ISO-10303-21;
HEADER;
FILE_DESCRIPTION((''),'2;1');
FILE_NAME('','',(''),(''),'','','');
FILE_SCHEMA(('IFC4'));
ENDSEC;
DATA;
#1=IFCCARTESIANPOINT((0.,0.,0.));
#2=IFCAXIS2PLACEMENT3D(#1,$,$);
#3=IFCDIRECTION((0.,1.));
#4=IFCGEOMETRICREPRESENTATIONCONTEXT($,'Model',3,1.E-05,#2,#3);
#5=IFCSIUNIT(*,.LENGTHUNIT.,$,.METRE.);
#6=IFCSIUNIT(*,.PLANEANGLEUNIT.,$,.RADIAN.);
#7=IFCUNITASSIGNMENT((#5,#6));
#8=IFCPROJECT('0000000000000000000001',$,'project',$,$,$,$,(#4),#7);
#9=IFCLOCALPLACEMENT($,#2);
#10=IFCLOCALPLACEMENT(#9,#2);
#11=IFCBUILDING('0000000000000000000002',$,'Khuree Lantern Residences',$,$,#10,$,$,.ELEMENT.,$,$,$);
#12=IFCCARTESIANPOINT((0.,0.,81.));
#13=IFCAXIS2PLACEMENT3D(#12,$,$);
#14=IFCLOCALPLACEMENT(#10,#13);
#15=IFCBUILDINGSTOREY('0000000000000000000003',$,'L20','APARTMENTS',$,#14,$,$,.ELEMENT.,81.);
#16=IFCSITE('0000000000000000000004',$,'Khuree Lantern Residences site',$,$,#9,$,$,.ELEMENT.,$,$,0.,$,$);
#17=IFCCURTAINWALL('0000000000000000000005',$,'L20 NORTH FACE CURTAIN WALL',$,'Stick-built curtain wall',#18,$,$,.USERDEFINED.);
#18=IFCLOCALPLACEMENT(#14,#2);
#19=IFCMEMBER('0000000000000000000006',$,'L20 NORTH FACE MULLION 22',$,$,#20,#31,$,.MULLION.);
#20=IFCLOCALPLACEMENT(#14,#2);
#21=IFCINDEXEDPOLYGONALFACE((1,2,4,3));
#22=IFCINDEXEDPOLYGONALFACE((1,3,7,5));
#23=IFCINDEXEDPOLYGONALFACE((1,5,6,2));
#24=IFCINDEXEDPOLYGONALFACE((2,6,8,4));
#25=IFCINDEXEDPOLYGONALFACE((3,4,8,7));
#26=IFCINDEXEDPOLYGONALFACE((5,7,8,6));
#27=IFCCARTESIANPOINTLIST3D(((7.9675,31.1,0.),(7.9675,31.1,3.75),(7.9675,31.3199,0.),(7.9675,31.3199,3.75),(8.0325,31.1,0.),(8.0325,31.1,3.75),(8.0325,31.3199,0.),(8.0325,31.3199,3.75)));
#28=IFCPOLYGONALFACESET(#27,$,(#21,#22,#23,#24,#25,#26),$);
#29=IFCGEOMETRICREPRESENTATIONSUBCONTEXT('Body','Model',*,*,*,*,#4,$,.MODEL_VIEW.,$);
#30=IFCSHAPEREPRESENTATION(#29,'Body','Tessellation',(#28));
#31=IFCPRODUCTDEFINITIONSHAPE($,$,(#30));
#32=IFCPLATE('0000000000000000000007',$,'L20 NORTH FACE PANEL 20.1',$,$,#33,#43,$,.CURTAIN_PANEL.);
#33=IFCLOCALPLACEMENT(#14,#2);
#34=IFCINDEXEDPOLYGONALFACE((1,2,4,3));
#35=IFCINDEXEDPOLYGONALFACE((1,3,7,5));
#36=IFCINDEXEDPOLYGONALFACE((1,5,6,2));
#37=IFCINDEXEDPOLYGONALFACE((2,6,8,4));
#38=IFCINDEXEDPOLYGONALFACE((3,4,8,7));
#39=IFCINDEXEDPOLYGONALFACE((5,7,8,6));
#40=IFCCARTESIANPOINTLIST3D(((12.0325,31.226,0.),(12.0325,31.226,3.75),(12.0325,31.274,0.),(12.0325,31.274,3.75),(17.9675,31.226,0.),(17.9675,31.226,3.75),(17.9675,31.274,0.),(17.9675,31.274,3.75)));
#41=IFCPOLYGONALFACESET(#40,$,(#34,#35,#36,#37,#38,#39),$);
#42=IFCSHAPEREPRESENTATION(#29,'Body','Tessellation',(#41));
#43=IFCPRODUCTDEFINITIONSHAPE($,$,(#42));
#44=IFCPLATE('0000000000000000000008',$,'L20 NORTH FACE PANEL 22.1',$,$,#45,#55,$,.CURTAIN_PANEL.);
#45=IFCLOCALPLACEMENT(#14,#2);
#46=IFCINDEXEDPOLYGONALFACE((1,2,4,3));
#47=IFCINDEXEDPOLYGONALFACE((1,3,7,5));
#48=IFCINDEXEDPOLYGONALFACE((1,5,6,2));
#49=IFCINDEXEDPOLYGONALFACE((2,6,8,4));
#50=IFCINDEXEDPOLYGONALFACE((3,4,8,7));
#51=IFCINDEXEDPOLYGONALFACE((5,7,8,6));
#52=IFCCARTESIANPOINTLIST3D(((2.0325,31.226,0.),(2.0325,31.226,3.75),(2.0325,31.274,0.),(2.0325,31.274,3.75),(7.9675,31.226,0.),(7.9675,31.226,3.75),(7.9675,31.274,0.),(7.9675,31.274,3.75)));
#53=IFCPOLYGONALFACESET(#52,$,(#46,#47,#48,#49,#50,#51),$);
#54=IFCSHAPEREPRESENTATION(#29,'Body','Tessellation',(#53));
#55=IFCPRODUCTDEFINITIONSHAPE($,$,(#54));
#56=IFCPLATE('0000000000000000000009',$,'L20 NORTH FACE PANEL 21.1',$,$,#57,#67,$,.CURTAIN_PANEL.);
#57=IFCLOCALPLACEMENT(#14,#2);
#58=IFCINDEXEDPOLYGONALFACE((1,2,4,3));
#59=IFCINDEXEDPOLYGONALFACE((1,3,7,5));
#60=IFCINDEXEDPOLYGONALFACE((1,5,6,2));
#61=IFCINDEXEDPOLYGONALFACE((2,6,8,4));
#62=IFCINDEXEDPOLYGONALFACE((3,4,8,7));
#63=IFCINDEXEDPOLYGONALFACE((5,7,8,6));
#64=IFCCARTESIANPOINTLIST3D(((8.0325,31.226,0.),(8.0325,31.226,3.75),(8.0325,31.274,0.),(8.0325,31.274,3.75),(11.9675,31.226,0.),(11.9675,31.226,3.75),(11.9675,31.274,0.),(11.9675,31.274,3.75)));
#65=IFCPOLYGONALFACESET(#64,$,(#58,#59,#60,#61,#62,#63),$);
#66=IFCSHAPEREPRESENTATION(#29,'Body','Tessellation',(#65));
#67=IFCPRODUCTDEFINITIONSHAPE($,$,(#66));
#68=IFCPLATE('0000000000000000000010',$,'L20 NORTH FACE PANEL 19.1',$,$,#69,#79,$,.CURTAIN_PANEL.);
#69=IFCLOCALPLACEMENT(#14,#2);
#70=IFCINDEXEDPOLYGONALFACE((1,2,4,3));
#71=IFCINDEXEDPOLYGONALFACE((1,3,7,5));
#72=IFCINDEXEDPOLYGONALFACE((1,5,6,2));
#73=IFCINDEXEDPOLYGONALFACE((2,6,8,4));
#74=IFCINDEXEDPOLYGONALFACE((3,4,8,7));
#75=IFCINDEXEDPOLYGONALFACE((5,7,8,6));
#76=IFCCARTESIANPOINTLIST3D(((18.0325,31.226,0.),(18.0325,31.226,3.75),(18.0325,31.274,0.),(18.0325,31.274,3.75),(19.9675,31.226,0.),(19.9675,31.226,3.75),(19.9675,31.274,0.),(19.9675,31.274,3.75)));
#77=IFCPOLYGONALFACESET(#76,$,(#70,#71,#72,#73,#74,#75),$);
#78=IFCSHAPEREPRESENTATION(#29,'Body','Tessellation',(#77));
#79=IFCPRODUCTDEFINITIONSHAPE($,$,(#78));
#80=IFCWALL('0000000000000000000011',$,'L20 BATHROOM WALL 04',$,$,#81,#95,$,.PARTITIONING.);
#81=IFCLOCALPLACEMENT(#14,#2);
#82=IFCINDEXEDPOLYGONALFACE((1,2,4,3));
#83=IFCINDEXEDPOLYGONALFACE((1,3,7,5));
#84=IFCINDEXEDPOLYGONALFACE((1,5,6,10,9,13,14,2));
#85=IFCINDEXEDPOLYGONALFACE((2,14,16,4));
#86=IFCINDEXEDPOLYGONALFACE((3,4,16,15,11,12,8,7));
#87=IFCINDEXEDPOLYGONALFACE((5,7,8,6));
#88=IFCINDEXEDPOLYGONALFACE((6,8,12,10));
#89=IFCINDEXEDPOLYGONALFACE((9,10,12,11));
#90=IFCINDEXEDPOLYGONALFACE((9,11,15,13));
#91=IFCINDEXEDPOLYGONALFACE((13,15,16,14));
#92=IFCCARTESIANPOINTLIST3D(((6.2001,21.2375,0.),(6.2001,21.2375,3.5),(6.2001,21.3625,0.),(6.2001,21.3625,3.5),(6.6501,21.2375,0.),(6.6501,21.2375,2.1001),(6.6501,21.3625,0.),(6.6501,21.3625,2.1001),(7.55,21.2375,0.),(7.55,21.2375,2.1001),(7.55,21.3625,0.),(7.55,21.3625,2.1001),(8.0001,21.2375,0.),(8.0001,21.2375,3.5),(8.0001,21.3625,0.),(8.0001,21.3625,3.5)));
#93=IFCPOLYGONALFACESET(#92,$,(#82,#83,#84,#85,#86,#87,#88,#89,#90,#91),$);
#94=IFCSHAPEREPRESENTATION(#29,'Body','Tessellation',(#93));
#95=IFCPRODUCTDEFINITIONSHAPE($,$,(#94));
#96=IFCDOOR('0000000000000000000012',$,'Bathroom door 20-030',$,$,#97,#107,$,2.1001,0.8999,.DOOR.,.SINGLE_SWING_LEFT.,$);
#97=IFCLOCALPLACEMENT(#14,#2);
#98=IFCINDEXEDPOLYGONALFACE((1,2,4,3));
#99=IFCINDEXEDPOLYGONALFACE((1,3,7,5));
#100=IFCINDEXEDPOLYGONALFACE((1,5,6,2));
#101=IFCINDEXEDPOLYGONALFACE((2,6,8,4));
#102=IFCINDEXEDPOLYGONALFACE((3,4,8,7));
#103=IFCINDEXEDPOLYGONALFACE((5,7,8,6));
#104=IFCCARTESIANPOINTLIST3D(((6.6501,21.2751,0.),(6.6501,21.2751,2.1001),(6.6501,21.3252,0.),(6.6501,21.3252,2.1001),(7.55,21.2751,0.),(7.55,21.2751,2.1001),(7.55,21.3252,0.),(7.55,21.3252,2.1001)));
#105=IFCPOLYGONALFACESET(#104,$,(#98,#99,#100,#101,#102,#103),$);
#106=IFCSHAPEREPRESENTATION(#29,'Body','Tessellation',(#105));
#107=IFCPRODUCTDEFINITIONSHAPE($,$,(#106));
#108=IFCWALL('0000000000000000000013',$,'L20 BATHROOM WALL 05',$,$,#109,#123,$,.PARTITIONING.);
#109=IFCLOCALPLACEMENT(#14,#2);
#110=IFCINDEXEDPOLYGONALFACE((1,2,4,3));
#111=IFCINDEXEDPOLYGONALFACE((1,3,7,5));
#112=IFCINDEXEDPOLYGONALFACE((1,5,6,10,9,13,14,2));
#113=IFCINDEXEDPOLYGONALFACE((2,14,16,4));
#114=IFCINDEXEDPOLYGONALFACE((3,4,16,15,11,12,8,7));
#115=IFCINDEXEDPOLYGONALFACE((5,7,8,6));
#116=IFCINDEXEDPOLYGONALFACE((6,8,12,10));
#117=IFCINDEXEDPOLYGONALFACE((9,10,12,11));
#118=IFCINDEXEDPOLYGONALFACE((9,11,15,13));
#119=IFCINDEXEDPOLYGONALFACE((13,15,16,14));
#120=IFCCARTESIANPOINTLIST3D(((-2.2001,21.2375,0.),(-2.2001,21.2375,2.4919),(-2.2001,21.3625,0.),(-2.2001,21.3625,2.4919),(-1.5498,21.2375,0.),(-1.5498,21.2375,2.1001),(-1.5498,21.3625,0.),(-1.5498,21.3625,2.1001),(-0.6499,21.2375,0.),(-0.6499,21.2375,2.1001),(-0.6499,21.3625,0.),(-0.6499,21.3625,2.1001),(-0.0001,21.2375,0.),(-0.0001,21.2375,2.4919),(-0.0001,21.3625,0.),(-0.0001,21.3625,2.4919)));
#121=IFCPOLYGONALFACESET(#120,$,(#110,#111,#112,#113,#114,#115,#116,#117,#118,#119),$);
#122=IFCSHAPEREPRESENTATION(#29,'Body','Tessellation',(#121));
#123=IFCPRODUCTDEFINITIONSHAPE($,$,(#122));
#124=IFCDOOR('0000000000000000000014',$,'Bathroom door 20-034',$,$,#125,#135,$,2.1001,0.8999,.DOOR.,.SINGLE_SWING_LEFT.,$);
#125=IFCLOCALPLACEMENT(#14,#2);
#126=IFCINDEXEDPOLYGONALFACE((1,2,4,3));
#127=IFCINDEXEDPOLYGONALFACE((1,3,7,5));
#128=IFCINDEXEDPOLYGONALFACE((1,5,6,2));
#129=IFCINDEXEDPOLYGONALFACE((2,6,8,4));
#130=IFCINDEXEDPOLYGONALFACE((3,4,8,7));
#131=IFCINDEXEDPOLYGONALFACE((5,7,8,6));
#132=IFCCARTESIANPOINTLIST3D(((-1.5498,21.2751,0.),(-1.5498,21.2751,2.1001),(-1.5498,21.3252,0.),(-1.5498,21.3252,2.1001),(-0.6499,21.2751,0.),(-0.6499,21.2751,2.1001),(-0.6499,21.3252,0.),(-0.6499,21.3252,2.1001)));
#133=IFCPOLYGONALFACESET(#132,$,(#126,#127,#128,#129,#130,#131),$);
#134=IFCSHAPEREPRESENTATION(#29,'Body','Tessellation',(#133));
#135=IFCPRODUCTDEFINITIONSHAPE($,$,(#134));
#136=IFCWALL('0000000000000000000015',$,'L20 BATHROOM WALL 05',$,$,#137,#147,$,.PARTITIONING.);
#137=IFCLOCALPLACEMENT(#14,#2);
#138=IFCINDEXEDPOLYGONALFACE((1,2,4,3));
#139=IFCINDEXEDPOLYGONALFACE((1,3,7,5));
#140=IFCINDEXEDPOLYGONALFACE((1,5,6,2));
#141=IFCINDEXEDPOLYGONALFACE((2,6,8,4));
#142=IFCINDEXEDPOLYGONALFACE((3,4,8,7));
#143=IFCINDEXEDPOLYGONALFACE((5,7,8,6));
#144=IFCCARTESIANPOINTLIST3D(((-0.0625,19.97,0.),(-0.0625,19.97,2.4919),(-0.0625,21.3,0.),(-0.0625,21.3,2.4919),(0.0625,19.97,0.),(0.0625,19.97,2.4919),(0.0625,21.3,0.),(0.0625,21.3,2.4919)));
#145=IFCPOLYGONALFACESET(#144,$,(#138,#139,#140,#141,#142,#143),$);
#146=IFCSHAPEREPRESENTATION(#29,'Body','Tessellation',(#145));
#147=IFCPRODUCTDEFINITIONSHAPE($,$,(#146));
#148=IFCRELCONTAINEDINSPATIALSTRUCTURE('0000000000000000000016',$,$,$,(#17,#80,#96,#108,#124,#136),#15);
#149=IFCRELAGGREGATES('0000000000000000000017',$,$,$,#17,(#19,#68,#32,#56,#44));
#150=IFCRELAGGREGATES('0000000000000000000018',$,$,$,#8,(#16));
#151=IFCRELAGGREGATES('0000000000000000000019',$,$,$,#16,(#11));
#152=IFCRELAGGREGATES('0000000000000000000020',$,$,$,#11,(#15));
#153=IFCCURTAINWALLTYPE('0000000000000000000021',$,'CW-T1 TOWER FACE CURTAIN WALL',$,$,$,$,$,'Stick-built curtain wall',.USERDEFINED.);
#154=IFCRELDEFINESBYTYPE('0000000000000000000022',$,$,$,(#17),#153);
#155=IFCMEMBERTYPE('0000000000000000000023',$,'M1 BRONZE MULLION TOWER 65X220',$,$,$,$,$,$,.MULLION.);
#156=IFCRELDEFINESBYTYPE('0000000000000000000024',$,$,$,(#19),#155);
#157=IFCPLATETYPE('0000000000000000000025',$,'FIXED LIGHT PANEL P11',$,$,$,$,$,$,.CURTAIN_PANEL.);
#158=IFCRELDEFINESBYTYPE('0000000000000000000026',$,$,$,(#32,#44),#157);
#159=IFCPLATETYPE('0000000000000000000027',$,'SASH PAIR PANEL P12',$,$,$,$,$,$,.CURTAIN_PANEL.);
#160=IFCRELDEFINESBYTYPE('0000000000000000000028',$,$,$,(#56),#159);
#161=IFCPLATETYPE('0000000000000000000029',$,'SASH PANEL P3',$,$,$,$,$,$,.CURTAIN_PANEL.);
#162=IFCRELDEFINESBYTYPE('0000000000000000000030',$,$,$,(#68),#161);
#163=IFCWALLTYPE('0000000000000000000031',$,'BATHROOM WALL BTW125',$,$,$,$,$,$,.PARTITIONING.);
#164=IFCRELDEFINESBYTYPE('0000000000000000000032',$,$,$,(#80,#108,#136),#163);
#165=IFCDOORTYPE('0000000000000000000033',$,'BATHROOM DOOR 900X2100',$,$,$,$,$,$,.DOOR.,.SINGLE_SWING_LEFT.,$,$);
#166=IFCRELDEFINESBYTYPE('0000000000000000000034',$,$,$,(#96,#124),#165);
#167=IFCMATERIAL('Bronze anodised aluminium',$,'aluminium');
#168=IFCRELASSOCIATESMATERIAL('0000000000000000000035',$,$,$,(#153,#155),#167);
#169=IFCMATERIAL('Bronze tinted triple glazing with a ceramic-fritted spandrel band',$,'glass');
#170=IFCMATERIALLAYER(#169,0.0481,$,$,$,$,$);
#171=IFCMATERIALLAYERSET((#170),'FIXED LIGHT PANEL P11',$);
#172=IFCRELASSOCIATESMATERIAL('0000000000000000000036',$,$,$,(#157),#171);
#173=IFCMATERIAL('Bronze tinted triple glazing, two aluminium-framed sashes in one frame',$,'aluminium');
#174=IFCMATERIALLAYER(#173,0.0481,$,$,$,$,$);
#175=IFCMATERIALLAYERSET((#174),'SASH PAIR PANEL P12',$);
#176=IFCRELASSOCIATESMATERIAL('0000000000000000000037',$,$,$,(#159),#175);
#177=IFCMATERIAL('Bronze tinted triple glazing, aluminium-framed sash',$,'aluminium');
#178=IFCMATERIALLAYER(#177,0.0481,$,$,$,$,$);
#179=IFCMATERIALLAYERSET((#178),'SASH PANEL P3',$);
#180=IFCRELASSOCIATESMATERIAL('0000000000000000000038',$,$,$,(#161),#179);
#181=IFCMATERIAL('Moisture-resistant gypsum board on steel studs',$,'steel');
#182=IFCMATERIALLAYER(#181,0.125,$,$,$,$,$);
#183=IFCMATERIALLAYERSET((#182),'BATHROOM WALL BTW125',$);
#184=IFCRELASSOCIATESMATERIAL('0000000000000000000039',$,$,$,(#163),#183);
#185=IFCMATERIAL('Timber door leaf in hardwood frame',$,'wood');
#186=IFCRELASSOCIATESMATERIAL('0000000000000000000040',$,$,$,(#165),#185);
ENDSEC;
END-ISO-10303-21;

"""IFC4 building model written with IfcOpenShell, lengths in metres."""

from ifc_helpers import new_model, si_unit, direction, frame, frame_2d, origin, origin_2d, place, context, subcontext, project, spatial, rectangle, extrude, material, layer, layer_set, material_profile, profile_set, type_object, element, fill, aggregate, save


model = new_model("IFC4")

# Units and contexts
model_context = context("Model", 3, precision=1e-05, world=origin(), true_north=direction((0.0, 1.0)))
body_context = subcontext(model_context, "Body", "Model", "MODEL_VIEW")
ifc_project = project(units=[si_unit("LENGTHUNIT", "METRE"), si_unit("PLANEANGLEUNIT", "RADIAN")], contexts=[model_context])

# Site, building, storey
site_placement = place(None, origin())
site = spatial("IfcSite", under=ifc_project, at=site_placement, Name="Khuree Lantern Residences site", CompositionType="ELEMENT", RefElevation=0.0)
building_placement = place(site_placement, origin())
building = spatial("IfcBuilding", under=site, at=building_placement, Name="Khuree Lantern Residences", CompositionType="ELEMENT")
storey_placement = place(building_placement, frame((0.0, 0.0, 81.0)))
storey = spatial("IfcBuildingStorey", under=building, at=storey_placement, Name="L20", Description="APARTMENTS", CompositionType="ELEMENT", Elevation=81.0)

# Curtain wall
ifc_material_1 = material(Name="Bronze anodised aluminium", Category="aluminium")
curtain_wall_type = type_object("IfcCurtainWallType", Name="CW-T1 TOWER FACE CURTAIN WALL", ElementType="Stick-built curtain wall", PredefinedType="USERDEFINED", material=ifc_material_1)
curtain_wall_placement = place(storey_placement, origin())
curtain_wall = element("IfcCurtainWall", 1, at=curtain_wall_placement, inside=storey, type_object=curtain_wall_type, Name="L20 NORTH FACE CURTAIN WALL", ObjectType="Stick-built curtain wall", PredefinedType="USERDEFINED")

# Member
ifc_material_profile_1 = material_profile(ifc_material_1, rectangle(XDim=0.0649, YDim=0.22, at=origin_2d()), Name="M1 65X220")
ifc_profile_set_1 = profile_set([ifc_material_profile_1], Name="Bronze anodised aluminium")
member_type_1 = type_object("IfcMemberType", Name="M1 BRONZE MULLION TOWER 65X220", PredefinedType="MULLION", material=ifc_profile_set_1)
member_1_placement = place(storey_placement, frame((8.0, 31.21, 0.0), z_axis=(0.0, 0.0, 1.0), x_axis=(-1.0, 0.0, 0.0)))
member_1 = element("IfcMember", 2, at=member_1_placement, type_object=member_type_1, Name="L20 NORTH FACE MULLION 22", PredefinedType="MULLION", context=body_context, shape_type="SweptSolid", body=[
    extrude(rectangle(XDim=0.0649, YDim=0.22, at=origin_2d()), origin(), (0.0, 0.0, 1.0), 3.75),
])

# Plates
ifc_material_2 = material(Name="Bronze tinted triple glazing with a ceramic-fritted spandrel band", Category="glass")
ifc_layer_1 = layer(ifc_material_2, 0.0481)
ifc_layer_set_1 = layer_set([ifc_layer_1], Name="FIXED LIGHT PANEL P11")
plate_type_1 = type_object("IfcPlateType", Name="FIXED LIGHT PANEL P11", PredefinedType="CURTAIN_PANEL", material=ifc_layer_set_1)
plate_1_placement = place(storey_placement, frame((15.0, 31.25, 0.0), z_axis=(0.0, 0.0, 1.0), x_axis=(-1.0, 0.0, 0.0)))
plate_1 = element("IfcPlate", 3, at=plate_1_placement, type_object=plate_type_1, Name="L20 NORTH FACE PANEL 20.1", PredefinedType="CURTAIN_PANEL", context=body_context, shape_type="SweptSolid", body=[
    extrude(rectangle(XDim=5.9351, YDim=0.0481, at=origin_2d()), origin(), (0.0, 0.0, 1.0), 3.75),
])
plate_2_placement = place(storey_placement, frame((5.0, 31.25, 0.0), z_axis=(0.0, 0.0, 1.0), x_axis=(-1.0, 0.0, 0.0)))
plate_2 = element("IfcPlate", 4, at=plate_2_placement, type_object=plate_type_1, Name="L20 NORTH FACE PANEL 22.1", PredefinedType="CURTAIN_PANEL", context=body_context, shape_type="SweptSolid", body=[
    extrude(rectangle(XDim=5.9351, YDim=0.0481, at=origin_2d()), origin(), (0.0, 0.0, 1.0), 3.75),
])
ifc_material_3 = material(Name="Bronze tinted triple glazing, two aluminium-framed sashes in one frame", Category="aluminium")
ifc_layer_2 = layer(ifc_material_3, 0.0481)
ifc_layer_set_2 = layer_set([ifc_layer_2], Name="SASH PAIR PANEL P12")
plate_type_2 = type_object("IfcPlateType", Name="SASH PAIR PANEL P12", PredefinedType="CURTAIN_PANEL", material=ifc_layer_set_2)
plate_3_placement = place(storey_placement, frame((10.0, 31.25, 0.0), z_axis=(0.0, 0.0, 1.0), x_axis=(-1.0, 0.0, 0.0)))
plate_3 = element("IfcPlate", 5, at=plate_3_placement, type_object=plate_type_2, Name="L20 NORTH FACE PANEL 21.1", PredefinedType="CURTAIN_PANEL", context=body_context, shape_type="SweptSolid", body=[
    extrude(rectangle(XDim=3.9351, YDim=0.0481, at=origin_2d()), origin(), (0.0, 0.0, 1.0), 3.75),
])
ifc_material_4 = material(Name="Bronze tinted triple glazing, aluminium-framed sash", Category="aluminium")
ifc_layer_3 = layer(ifc_material_4, 0.0481)
ifc_layer_set_3 = layer_set([ifc_layer_3], Name="SASH PANEL P3")
plate_type_3 = type_object("IfcPlateType", Name="SASH PANEL P3", PredefinedType="CURTAIN_PANEL", material=ifc_layer_set_3)
plate_4_placement = place(storey_placement, frame((19.0, 31.25, 0.0), z_axis=(0.0, 0.0, 1.0), x_axis=(-1.0, 0.0, 0.0)))
plate_4 = element("IfcPlate", 6, at=plate_4_placement, type_object=plate_type_3, Name="L20 NORTH FACE PANEL 19.1", PredefinedType="CURTAIN_PANEL", context=body_context, shape_type="SweptSolid", body=[
    extrude(rectangle(XDim=1.9351, YDim=0.0481, at=origin_2d()), origin(), (0.0, 0.0, 1.0), 3.75),
])
aggregate(curtain_wall, [member_1, plate_4, plate_1, plate_3, plate_2])

# Walls, openings, doors
ifc_material_5 = material(Name="Moisture-resistant gypsum board on steel studs", Category="steel")
ifc_layer_4 = layer(ifc_material_5, 0.125)
ifc_layer_set_4 = layer_set([ifc_layer_4], Name="BATHROOM WALL BTW125")
wall_type_1 = type_object("IfcWallType", Name="BATHROOM WALL BTW125", PredefinedType="PARTITIONING", material=ifc_layer_set_4)
wall_1_placement = place(storey_placement, frame((8.0, 21.3, 0.0), z_axis=(0.0, 0.0, 1.0), x_axis=(-1.0, 0.0, 0.0)))
wall_1 = element("IfcWall", 7, at=wall_1_placement, inside=storey, type_object=wall_type_1, Name="L20 BATHROOM WALL 04", PredefinedType="PARTITIONING", context=body_context, shape_type="SweptSolid", body=[
    extrude(rectangle(XDim=1.8, YDim=0.125, at=frame_2d((0.8999, 0.0))), origin(), (0.0, 0.0, 1.0), 3.5),
])
opening_1_placement = place(wall_1_placement, frame((0.45, 0.0, 0.0)))
opening_1 = element("IfcOpeningElement", 8, at=opening_1_placement, cuts=wall_1, PredefinedType="OPENING", context=body_context, shape_type="SweptSolid", body=[
    extrude(rectangle(XDim=0.8999, YDim=2.1001, at=frame_2d((0.45, 1.05))), frame((0.0, 0.0725, 0.0), z_axis=(0.0, -1.0, 0.0), x_axis=(1.0, 0.0, 0.0)), (0.0, 0.0, 1.0), 0.145),
])
ifc_material_6 = material(Name="Timber door leaf in hardwood frame", Category="wood")
door_type_1 = type_object("IfcDoorType", Name="BATHROOM DOOR 900X2100", OperationType="SINGLE_SWING_LEFT", PredefinedType="DOOR", material=ifc_material_6)
door_1_placement = place(opening_1_placement, origin())
door_1 = element("IfcDoor", 9, at=door_1_placement, inside=storey, type_object=door_type_1, Name="Bathroom door 20-030", OperationType="SINGLE_SWING_LEFT", OverallHeight=2.1001, OverallWidth=0.8999, PredefinedType="DOOR", context=body_context, shape_type="SweptSolid", body=[
    extrude(rectangle(XDim=0.8999, YDim=2.1001, at=frame_2d((0.45, 1.05))), frame((0.0, 0.0249, 0.0), z_axis=(0.0, -1.0, 0.0), x_axis=(1.0, 0.0, 0.0)), (0.0, 0.0, 1.0), 0.05),
])
fill(opening_1, door_1)
wall_2_placement = place(storey_placement, frame((0.0, 21.3, 0.0), z_axis=(0.0, 0.0, 1.0), x_axis=(-1.0, 0.0, 0.0)))
wall_2 = element("IfcWall", 10, at=wall_2_placement, inside=storey, type_object=wall_type_1, Name="L20 BATHROOM WALL 05", PredefinedType="PARTITIONING", context=body_context, shape_type="SweptSolid", body=[
    extrude(rectangle(XDim=2.2, YDim=0.125, at=frame_2d((1.1001, 0.0))), origin(), (0.0, 0.0, 1.0), 2.4919),
])
opening_2_placement = place(wall_2_placement, frame((0.6499, 0.0, 0.0)))
opening_2 = element("IfcOpeningElement", 11, at=opening_2_placement, cuts=wall_2, PredefinedType="OPENING", context=body_context, shape_type="SweptSolid", body=[
    extrude(rectangle(XDim=0.8999, YDim=2.1001, at=frame_2d((0.45, 1.05))), frame((0.0, 0.0725, 0.0), z_axis=(0.0, -1.0, 0.0), x_axis=(1.0, 0.0, 0.0)), (0.0, 0.0, 1.0), 0.145),
])
door_2_placement = place(opening_2_placement, origin())
door_2 = element("IfcDoor", 12, at=door_2_placement, inside=storey, type_object=door_type_1, Name="Bathroom door 20-034", OperationType="SINGLE_SWING_LEFT", OverallHeight=2.1001, OverallWidth=0.8999, PredefinedType="DOOR", context=body_context, shape_type="SweptSolid", body=[
    extrude(rectangle(XDim=0.8999, YDim=2.1001, at=frame_2d((0.45, 1.05))), frame((0.0, 0.0249, 0.0), z_axis=(0.0, -1.0, 0.0), x_axis=(1.0, 0.0, 0.0)), (0.0, 0.0, 1.0), 0.05),
])
fill(opening_2, door_2)

# Wall
wall_3_placement = place(storey_placement, frame((0.0, 19.97, 0.0), z_axis=(0.0, 0.0, 1.0), x_axis=(0.0, 1.0, 0.0)))
element("IfcWall", 13, at=wall_3_placement, inside=storey, type_object=wall_type_1, Name="L20 BATHROOM WALL 05", PredefinedType="PARTITIONING", context=body_context, shape_type="SweptSolid", body=[
    extrude(rectangle(XDim=1.3301, YDim=0.125, at=frame_2d((0.665, 0.0))), origin(), (0.0, 0.0, 1.0), 2.4919),
])

save(model, "model.ifc")
